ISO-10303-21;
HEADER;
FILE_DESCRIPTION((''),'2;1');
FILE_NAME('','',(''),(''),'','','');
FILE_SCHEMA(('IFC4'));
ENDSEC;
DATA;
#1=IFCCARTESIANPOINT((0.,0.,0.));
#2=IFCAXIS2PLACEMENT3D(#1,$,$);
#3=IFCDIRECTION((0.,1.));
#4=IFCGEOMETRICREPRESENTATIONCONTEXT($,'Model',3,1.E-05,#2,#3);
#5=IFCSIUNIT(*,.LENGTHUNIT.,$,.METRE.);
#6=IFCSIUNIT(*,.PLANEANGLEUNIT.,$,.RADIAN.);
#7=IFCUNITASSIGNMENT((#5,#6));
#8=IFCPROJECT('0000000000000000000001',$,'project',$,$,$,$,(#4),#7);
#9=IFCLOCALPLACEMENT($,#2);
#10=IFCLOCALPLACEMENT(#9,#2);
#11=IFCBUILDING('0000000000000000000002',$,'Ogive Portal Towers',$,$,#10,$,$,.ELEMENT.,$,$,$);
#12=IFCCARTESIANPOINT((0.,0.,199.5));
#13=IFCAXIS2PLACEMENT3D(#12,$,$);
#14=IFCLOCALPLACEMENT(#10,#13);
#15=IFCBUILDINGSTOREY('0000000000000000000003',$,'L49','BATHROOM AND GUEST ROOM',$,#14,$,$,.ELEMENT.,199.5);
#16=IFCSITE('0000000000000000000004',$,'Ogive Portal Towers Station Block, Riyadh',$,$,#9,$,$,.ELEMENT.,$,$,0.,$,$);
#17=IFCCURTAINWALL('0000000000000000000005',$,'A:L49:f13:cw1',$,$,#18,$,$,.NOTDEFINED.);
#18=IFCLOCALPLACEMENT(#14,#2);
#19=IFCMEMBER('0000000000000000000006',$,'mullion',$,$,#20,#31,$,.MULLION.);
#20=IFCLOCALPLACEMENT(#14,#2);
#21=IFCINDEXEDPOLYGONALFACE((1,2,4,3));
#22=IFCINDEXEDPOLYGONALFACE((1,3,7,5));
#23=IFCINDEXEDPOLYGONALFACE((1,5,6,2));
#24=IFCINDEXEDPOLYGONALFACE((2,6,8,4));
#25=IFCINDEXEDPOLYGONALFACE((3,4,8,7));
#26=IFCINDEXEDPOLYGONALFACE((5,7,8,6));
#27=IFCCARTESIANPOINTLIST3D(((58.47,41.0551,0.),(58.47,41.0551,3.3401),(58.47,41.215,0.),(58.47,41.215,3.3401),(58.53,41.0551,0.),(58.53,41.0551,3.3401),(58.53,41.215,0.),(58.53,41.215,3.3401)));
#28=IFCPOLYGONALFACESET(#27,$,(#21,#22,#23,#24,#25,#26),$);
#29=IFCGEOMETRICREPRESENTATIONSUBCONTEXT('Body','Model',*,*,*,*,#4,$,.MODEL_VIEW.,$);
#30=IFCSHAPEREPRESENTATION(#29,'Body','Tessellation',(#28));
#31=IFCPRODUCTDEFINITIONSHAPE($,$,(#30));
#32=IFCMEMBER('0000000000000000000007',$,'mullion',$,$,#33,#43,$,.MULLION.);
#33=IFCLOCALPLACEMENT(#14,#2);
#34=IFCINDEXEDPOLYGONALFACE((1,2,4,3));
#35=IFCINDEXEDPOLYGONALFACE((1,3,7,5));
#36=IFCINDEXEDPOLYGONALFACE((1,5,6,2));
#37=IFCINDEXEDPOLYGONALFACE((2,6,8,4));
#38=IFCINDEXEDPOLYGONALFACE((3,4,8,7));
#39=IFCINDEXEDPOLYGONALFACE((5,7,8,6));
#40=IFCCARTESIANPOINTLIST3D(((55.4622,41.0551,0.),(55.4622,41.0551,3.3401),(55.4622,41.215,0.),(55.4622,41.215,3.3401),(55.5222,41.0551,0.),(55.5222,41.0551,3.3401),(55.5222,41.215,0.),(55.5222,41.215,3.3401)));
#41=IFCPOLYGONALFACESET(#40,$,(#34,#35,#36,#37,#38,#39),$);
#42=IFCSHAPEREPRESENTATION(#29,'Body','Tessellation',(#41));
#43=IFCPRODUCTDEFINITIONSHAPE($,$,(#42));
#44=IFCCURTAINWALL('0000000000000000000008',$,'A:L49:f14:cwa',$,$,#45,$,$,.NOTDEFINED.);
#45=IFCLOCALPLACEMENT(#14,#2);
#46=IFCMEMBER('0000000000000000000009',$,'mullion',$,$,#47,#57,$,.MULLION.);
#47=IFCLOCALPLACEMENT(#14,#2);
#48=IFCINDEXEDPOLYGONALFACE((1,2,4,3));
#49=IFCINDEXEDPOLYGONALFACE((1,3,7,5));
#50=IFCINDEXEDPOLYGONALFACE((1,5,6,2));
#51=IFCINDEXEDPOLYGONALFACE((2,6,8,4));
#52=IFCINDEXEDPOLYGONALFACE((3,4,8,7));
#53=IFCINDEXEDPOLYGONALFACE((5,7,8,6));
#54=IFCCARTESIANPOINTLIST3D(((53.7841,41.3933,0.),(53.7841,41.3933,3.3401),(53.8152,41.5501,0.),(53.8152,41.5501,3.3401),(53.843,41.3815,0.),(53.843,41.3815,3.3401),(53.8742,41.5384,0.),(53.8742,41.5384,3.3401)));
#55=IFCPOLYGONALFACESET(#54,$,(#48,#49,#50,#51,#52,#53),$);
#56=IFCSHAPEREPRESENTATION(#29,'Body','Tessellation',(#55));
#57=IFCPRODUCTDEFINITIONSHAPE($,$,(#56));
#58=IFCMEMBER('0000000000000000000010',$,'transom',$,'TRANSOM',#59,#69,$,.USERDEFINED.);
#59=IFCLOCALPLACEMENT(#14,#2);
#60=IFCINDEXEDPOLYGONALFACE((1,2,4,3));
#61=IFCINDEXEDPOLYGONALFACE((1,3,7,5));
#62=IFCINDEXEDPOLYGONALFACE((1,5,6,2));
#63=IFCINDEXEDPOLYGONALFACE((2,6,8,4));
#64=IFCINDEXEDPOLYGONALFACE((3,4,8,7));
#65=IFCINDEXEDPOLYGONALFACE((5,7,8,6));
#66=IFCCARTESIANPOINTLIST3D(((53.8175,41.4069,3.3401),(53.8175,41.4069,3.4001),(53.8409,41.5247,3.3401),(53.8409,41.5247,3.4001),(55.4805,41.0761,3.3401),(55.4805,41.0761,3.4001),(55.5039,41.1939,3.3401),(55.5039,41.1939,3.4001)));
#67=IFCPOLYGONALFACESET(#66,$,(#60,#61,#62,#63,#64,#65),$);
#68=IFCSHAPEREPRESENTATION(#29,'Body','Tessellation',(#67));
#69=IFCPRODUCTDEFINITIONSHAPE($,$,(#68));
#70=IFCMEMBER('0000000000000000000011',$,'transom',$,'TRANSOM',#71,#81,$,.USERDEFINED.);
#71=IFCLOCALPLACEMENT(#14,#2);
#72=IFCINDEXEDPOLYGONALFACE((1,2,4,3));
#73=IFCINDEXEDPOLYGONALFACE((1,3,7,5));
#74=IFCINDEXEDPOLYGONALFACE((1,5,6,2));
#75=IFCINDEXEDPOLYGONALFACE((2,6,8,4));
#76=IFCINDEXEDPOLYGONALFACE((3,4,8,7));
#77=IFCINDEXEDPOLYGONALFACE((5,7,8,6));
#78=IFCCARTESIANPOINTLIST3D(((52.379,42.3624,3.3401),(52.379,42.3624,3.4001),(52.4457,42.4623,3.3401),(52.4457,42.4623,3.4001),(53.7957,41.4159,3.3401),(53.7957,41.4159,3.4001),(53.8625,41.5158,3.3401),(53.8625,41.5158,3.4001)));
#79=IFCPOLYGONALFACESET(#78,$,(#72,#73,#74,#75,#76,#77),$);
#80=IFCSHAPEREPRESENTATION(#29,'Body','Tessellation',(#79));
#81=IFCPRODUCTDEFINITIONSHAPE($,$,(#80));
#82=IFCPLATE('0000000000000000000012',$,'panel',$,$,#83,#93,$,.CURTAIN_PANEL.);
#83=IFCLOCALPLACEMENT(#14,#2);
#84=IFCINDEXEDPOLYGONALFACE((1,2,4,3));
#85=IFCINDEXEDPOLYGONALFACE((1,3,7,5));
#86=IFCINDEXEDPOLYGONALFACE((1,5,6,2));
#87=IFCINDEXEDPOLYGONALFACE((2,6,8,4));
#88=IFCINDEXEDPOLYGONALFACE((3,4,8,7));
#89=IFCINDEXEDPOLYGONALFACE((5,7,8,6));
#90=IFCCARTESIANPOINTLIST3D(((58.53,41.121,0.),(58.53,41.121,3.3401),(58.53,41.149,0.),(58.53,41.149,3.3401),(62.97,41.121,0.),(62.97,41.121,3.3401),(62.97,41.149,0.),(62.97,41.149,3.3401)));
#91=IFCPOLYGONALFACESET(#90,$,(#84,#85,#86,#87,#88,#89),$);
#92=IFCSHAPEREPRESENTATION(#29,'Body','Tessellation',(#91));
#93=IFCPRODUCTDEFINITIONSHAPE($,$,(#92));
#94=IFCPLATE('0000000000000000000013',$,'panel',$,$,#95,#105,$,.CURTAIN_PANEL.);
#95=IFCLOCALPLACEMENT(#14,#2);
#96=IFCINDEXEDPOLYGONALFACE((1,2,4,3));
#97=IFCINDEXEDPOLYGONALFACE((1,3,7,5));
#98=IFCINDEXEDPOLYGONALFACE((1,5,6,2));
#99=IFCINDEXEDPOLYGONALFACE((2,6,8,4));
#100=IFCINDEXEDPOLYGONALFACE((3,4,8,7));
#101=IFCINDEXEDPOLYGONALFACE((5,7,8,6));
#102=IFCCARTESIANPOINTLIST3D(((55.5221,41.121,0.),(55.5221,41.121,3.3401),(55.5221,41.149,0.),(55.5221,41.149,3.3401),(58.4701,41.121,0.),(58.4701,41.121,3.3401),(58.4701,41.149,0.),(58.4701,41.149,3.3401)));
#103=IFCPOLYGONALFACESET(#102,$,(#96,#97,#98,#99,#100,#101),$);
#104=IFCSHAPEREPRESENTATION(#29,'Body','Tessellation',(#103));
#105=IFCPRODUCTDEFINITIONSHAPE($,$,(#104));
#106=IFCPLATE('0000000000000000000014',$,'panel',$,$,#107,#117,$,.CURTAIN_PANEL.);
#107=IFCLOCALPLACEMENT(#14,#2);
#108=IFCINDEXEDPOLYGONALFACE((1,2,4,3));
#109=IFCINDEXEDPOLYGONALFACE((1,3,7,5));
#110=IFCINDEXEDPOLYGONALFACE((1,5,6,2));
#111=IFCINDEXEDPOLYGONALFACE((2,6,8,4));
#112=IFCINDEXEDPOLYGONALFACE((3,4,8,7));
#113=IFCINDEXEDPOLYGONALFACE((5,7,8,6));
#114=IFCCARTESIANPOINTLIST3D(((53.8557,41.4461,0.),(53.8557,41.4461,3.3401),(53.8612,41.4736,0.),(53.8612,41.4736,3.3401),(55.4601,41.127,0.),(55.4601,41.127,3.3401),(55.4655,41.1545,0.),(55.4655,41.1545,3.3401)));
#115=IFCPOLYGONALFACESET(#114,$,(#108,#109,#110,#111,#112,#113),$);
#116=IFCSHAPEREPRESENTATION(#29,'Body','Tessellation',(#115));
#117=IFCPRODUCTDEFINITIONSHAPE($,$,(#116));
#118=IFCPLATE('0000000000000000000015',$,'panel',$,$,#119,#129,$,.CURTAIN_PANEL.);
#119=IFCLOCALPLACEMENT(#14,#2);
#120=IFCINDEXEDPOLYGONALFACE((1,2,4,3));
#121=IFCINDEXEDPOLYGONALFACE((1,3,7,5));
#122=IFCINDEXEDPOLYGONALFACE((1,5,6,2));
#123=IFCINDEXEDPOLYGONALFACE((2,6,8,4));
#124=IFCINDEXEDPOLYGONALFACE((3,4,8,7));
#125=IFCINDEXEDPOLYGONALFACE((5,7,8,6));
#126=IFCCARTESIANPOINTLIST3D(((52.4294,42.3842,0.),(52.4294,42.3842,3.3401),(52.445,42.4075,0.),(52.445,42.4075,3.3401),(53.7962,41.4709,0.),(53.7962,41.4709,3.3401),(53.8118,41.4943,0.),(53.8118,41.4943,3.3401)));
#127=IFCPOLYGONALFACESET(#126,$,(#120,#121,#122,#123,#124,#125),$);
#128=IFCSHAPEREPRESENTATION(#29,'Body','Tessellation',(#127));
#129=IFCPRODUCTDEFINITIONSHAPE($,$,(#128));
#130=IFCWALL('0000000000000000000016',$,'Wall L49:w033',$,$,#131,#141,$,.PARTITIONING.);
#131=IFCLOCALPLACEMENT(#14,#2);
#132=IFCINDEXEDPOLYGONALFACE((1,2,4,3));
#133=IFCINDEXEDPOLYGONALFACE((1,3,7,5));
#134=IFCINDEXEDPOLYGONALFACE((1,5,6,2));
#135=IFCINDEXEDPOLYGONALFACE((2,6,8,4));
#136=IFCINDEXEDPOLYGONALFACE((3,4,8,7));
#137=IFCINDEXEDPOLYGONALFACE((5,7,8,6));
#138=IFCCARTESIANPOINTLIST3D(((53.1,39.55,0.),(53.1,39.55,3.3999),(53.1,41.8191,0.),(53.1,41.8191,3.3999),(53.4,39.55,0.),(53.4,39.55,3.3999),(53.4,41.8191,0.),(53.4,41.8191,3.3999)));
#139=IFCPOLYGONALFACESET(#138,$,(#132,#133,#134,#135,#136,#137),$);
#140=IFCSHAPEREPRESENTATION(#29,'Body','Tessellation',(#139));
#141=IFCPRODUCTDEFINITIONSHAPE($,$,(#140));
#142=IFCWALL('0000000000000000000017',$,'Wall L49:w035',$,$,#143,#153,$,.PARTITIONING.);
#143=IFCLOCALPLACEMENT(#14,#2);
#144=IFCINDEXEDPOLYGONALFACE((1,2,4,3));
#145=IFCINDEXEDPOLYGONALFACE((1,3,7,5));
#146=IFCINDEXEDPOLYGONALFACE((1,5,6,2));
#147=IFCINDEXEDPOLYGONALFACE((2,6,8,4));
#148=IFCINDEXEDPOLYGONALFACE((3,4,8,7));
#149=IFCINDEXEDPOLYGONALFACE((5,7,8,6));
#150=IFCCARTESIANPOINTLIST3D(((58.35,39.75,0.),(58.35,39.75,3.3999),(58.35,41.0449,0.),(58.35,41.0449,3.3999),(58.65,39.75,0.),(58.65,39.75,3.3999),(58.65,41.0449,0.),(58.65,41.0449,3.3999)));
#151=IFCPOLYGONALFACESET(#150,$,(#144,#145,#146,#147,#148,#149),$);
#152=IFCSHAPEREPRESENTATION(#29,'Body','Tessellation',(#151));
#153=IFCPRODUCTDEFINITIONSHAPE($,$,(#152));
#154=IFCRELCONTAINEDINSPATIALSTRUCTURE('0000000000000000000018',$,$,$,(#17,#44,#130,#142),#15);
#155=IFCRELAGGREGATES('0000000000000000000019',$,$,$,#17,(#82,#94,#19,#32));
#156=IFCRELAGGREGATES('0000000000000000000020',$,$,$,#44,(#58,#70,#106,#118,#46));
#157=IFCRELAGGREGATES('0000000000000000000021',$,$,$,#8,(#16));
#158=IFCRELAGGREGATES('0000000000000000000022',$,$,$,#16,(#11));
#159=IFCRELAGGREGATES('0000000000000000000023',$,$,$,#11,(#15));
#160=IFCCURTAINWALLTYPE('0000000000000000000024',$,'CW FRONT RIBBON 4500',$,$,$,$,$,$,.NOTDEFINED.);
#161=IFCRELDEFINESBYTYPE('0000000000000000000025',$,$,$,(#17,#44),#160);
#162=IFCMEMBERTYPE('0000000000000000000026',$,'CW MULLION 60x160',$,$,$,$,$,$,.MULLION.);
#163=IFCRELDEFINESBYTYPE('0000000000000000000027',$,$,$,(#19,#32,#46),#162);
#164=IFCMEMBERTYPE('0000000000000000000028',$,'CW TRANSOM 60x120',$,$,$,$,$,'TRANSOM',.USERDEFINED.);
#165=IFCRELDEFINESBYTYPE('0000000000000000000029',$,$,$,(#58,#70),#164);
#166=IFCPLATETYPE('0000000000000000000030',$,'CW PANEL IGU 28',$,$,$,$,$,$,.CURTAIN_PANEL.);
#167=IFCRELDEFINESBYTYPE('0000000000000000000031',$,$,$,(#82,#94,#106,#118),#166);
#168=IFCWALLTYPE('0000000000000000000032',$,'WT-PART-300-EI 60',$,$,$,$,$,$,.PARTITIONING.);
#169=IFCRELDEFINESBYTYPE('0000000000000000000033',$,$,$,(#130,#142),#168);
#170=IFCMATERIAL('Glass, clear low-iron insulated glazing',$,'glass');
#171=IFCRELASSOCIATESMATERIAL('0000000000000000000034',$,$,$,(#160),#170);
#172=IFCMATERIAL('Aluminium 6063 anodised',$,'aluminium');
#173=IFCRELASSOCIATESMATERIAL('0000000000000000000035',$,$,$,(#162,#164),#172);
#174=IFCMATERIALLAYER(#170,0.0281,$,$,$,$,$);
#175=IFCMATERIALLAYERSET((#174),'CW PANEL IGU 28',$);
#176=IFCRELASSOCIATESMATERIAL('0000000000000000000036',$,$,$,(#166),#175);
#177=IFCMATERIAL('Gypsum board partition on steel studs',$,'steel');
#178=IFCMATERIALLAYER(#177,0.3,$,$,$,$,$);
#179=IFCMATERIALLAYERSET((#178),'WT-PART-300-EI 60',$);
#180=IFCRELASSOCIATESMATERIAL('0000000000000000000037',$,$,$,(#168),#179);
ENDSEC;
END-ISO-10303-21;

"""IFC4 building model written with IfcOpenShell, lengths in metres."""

from ifc_helpers import new_model, si_unit, direction, frame, frame_2d, origin, origin_2d, place, context, subcontext, project, spatial, rectangle, extrude, material, layer, layer_set, material_profile, profile_set, type_object, element, aggregate, save


model = new_model("IFC4")

# Units and contexts
model_context = context("Model", 3, precision=1e-05, world=origin(), true_north=direction((0.0, 1.0)))
body_context = subcontext(model_context, "Body", "Model", "MODEL_VIEW")
ifc_project = project(units=[si_unit("LENGTHUNIT", "METRE"), si_unit("PLANEANGLEUNIT", "RADIAN")], contexts=[model_context])

# Site, building, storey
site_placement = place(None, origin())
site = spatial("IfcSite", under=ifc_project, at=site_placement, Name="Ogive Portal Towers Station Block, Riyadh", CompositionType="ELEMENT", RefElevation=0.0)
building_placement = place(site_placement, origin())
building = spatial("IfcBuilding", under=site, at=building_placement, Name="Ogive Portal Towers", CompositionType="ELEMENT")
storey_placement = place(building_placement, frame((0.0, 0.0, 199.5)))
storey = spatial("IfcBuildingStorey", under=building, at=storey_placement, Name="L49", Description="BATHROOM AND GUEST ROOM", CompositionType="ELEMENT", Elevation=199.5)

# Curtain walls, members
ifc_material_1 = material(Name="Glass, clear low-iron insulated glazing", Category="glass")
curtain_wall_type = type_object("IfcCurtainWallType", Name="CW FRONT RIBBON 4500", PredefinedType="NOTDEFINED", material=ifc_material_1)
curtain_wall_1_placement = place(storey_placement, origin())
curtain_wall_1 = element("IfcCurtainWall", 1, at=curtain_wall_1_placement, inside=storey, type_object=curtain_wall_type, Name="A:L49:f13:cw1", PredefinedType="NOTDEFINED")
ifc_material_2 = material(Name="Aluminium 6063 anodised", Category="aluminium")
ifc_material_profile_1 = material_profile(ifc_material_2, rectangle(XDim=0.1599, YDim=0.0601, at=origin_2d()), Name="AL 60x160")
ifc_profile_set_1 = profile_set([ifc_material_profile_1], Name="Aluminium 6063 anodised")
member_type_1 = type_object("IfcMemberType", Name="CW MULLION 60x160", PredefinedType="MULLION", material=ifc_profile_set_1)
member_1_placement = place(storey_placement, frame((58.5, 41.135, 0.0), z_axis=(0.0, 0.0, 1.0), x_axis=(0.0, -1.0, 0.0)))
member_1 = element("IfcMember", 2, at=member_1_placement, type_object=member_type_1, Name="mullion", PredefinedType="MULLION", context=body_context, shape_type="SweptSolid", body=[
    extrude(rectangle(XDim=0.1599, YDim=0.0601, at=origin_2d()), origin(), (0.0, 0.0, 1.0), 3.3401),
])
member_2_placement = place(storey_placement, frame((55.4922, 41.135, 0.0), z_axis=(0.0, 0.0, 1.0), x_axis=(0.0, -1.0, 0.0)))
member_2 = element("IfcMember", 3, at=member_2_placement, type_object=member_type_1, Name="mullion", PredefinedType="MULLION", context=body_context, shape_type="SweptSolid", body=[
    extrude(rectangle(XDim=0.1599, YDim=0.0601, at=origin_2d()), origin(), (0.0, 0.0, 1.0), 3.3401),
])
curtain_wall_2_placement = place(storey_placement, origin())
curtain_wall_2 = element("IfcCurtainWall", 4, at=curtain_wall_2_placement, inside=storey, type_object=curtain_wall_type, Name="A:L49:f14:cwa", PredefinedType="NOTDEFINED")
member_3_placement = place(storey_placement, frame((53.8291, 41.4658, 0.0), z_axis=(0.0, 0.0, 1.0), x_axis=(-0.19509, -0.980785, 0.0)))
member_3 = element("IfcMember", 5, at=member_3_placement, type_object=member_type_1, Name="mullion", PredefinedType="MULLION", context=body_context, shape_type="SweptSolid", body=[
    extrude(rectangle(XDim=0.1599, YDim=0.0601, at=origin_2d()), origin(), (0.0, 0.0, 1.0), 3.3401),
])
ifc_material_profile_2 = material_profile(ifc_material_2, rectangle(XDim=0.1201, YDim=0.0601, at=origin_2d()), Name="AL 120x60")
ifc_profile_set_2 = profile_set([ifc_material_profile_2], Name="Aluminium 6063 anodised")
member_type_2 = type_object("IfcMemberType", Name="CW TRANSOM 60x120", ElementType="TRANSOM", PredefinedType="USERDEFINED", material=ifc_profile_set_2)
member_4_placement = place(storey_placement, frame((55.4922, 41.135, 3.3701), z_axis=(-0.980785, 0.195092, 0.0), x_axis=(-0.195092, -0.980785, 0.0)))
member_4 = element("IfcMember", 6, at=member_4_placement, type_object=member_type_2, Name="transom", ObjectType="TRANSOM", PredefinedType="USERDEFINED", context=body_context, shape_type="SweptSolid", body=[
    extrude(rectangle(XDim=0.1201, YDim=0.0601, at=origin_2d()), origin(), (0.0, 0.0, 1.0), 1.6956),
])
member_5_placement = place(storey_placement, frame((53.8291, 41.4658, 3.3701), z_axis=(-0.831499, 0.555527, 0.0), x_axis=(-0.555527, -0.831499, 0.0)))
member_5 = element("IfcMember", 7, at=member_5_placement, type_object=member_type_2, Name="transom", ObjectType="TRANSOM", PredefinedType="USERDEFINED", context=body_context, shape_type="SweptSolid", body=[
    extrude(rectangle(XDim=0.1201, YDim=0.0601, at=origin_2d()), origin(), (0.0, 0.0, 1.0), 1.7039),
])

# Plates
ifc_layer_1 = layer(ifc_material_1, 0.0281)
ifc_layer_set_1 = layer_set([ifc_layer_1], Name="CW PANEL IGU 28")
plate_type = type_object("IfcPlateType", Name="CW PANEL IGU 28", PredefinedType="CURTAIN_PANEL", material=ifc_layer_set_1)
plate_1_placement = place(storey_placement, frame((60.75, 41.135, 0.0), z_axis=(0.0, 0.0, 1.0), x_axis=(-1.0, 0.0, 0.0)))
plate_1 = element("IfcPlate", 8, at=plate_1_placement, type_object=plate_type, Name="panel", PredefinedType="CURTAIN_PANEL", context=body_context, shape_type="SweptSolid", body=[
    extrude(rectangle(XDim=4.4399, YDim=0.0281, at=origin_2d()), origin(), (0.0, 0.0, 1.0), 3.3401),
])
plate_2_placement = place(storey_placement, frame((56.9961, 41.135, 0.0), z_axis=(0.0, 0.0, 1.0), x_axis=(-1.0, 0.0, 0.0)))
plate_2 = element("IfcPlate", 9, at=plate_2_placement, type_object=plate_type, Name="panel", PredefinedType="CURTAIN_PANEL", context=body_context, shape_type="SweptSolid", body=[
    extrude(rectangle(XDim=2.948, YDim=0.0281, at=origin_2d()), origin(), (0.0, 0.0, 1.0), 3.3401),
])
aggregate(curtain_wall_1, [plate_1, plate_2, member_1, member_2])
plate_3_placement = place(storey_placement, frame((54.6606, 41.3003, 0.0), z_axis=(0.0, 0.0, 1.0), x_axis=(-0.980785, 0.19509, 0.0)))
plate_3 = element("IfcPlate", 10, at=plate_3_placement, type_object=plate_type, Name="panel", PredefinedType="CURTAIN_PANEL", context=body_context, shape_type="SweptSolid", body=[
    extrude(rectangle(XDim=1.6357, YDim=0.0281, at=origin_2d()), origin(), (0.0, 0.0, 1.0), 3.3401),
])
plate_4_placement = place(storey_placement, frame((53.1206, 41.9392, 0.0), z_axis=(0.0, 0.0, 1.0), x_axis=(-0.83147, 0.55557, 0.0)))
plate_4 = element("IfcPlate", 11, at=plate_4_placement, type_object=plate_type, Name="panel", PredefinedType="CURTAIN_PANEL", context=body_context, shape_type="SweptSolid", body=[
    extrude(rectangle(XDim=1.6438, YDim=0.0281, at=origin_2d()), origin(), (0.0, 0.0, 1.0), 3.3401),
])
aggregate(curtain_wall_2, [member_4, member_5, plate_3, plate_4, member_3])

# Walls
ifc_material_3 = material(Name="Gypsum board partition on steel studs", Category="steel")
ifc_layer_2 = layer(ifc_material_3, 0.3)
ifc_layer_set_2 = layer_set([ifc_layer_2], Name="WT-PART-300-EI 60")
wall_type = type_object("IfcWallType", Name="WT-PART-300-EI 60", PredefinedType="PARTITIONING", material=ifc_layer_set_2)
wall_1_placement = place(storey_placement, frame((53.25, 39.55, 0.0), z_axis=(0.0, 0.0, 1.0), x_axis=(0.0, 1.0, 0.0)))
element("IfcWall", 12, at=wall_1_placement, inside=storey, type_object=wall_type, Name="Wall L49:w033", PredefinedType="PARTITIONING", context=body_context, shape_type="SweptSolid", body=[
    extrude(rectangle(XDim=2.269, YDim=0.3, at=frame_2d((1.1345, 0.0))), origin(), (0.0, 0.0, 1.0), 3.3999),
])
wall_2_placement = place(storey_placement, frame((58.5, 39.75, 0.0), z_axis=(0.0, 0.0, 1.0), x_axis=(0.0, 1.0, 0.0)))
element("IfcWall", 13, at=wall_2_placement, inside=storey, type_object=wall_type, Name="Wall L49:w035", PredefinedType="PARTITIONING", context=body_context, shape_type="SweptSolid", body=[
    extrude(rectangle(XDim=1.2949, YDim=0.3, at=frame_2d((0.6475, 0.0))), origin(), (0.0, 0.0, 1.0), 3.3999),
])

save(model, "model.ifc")
